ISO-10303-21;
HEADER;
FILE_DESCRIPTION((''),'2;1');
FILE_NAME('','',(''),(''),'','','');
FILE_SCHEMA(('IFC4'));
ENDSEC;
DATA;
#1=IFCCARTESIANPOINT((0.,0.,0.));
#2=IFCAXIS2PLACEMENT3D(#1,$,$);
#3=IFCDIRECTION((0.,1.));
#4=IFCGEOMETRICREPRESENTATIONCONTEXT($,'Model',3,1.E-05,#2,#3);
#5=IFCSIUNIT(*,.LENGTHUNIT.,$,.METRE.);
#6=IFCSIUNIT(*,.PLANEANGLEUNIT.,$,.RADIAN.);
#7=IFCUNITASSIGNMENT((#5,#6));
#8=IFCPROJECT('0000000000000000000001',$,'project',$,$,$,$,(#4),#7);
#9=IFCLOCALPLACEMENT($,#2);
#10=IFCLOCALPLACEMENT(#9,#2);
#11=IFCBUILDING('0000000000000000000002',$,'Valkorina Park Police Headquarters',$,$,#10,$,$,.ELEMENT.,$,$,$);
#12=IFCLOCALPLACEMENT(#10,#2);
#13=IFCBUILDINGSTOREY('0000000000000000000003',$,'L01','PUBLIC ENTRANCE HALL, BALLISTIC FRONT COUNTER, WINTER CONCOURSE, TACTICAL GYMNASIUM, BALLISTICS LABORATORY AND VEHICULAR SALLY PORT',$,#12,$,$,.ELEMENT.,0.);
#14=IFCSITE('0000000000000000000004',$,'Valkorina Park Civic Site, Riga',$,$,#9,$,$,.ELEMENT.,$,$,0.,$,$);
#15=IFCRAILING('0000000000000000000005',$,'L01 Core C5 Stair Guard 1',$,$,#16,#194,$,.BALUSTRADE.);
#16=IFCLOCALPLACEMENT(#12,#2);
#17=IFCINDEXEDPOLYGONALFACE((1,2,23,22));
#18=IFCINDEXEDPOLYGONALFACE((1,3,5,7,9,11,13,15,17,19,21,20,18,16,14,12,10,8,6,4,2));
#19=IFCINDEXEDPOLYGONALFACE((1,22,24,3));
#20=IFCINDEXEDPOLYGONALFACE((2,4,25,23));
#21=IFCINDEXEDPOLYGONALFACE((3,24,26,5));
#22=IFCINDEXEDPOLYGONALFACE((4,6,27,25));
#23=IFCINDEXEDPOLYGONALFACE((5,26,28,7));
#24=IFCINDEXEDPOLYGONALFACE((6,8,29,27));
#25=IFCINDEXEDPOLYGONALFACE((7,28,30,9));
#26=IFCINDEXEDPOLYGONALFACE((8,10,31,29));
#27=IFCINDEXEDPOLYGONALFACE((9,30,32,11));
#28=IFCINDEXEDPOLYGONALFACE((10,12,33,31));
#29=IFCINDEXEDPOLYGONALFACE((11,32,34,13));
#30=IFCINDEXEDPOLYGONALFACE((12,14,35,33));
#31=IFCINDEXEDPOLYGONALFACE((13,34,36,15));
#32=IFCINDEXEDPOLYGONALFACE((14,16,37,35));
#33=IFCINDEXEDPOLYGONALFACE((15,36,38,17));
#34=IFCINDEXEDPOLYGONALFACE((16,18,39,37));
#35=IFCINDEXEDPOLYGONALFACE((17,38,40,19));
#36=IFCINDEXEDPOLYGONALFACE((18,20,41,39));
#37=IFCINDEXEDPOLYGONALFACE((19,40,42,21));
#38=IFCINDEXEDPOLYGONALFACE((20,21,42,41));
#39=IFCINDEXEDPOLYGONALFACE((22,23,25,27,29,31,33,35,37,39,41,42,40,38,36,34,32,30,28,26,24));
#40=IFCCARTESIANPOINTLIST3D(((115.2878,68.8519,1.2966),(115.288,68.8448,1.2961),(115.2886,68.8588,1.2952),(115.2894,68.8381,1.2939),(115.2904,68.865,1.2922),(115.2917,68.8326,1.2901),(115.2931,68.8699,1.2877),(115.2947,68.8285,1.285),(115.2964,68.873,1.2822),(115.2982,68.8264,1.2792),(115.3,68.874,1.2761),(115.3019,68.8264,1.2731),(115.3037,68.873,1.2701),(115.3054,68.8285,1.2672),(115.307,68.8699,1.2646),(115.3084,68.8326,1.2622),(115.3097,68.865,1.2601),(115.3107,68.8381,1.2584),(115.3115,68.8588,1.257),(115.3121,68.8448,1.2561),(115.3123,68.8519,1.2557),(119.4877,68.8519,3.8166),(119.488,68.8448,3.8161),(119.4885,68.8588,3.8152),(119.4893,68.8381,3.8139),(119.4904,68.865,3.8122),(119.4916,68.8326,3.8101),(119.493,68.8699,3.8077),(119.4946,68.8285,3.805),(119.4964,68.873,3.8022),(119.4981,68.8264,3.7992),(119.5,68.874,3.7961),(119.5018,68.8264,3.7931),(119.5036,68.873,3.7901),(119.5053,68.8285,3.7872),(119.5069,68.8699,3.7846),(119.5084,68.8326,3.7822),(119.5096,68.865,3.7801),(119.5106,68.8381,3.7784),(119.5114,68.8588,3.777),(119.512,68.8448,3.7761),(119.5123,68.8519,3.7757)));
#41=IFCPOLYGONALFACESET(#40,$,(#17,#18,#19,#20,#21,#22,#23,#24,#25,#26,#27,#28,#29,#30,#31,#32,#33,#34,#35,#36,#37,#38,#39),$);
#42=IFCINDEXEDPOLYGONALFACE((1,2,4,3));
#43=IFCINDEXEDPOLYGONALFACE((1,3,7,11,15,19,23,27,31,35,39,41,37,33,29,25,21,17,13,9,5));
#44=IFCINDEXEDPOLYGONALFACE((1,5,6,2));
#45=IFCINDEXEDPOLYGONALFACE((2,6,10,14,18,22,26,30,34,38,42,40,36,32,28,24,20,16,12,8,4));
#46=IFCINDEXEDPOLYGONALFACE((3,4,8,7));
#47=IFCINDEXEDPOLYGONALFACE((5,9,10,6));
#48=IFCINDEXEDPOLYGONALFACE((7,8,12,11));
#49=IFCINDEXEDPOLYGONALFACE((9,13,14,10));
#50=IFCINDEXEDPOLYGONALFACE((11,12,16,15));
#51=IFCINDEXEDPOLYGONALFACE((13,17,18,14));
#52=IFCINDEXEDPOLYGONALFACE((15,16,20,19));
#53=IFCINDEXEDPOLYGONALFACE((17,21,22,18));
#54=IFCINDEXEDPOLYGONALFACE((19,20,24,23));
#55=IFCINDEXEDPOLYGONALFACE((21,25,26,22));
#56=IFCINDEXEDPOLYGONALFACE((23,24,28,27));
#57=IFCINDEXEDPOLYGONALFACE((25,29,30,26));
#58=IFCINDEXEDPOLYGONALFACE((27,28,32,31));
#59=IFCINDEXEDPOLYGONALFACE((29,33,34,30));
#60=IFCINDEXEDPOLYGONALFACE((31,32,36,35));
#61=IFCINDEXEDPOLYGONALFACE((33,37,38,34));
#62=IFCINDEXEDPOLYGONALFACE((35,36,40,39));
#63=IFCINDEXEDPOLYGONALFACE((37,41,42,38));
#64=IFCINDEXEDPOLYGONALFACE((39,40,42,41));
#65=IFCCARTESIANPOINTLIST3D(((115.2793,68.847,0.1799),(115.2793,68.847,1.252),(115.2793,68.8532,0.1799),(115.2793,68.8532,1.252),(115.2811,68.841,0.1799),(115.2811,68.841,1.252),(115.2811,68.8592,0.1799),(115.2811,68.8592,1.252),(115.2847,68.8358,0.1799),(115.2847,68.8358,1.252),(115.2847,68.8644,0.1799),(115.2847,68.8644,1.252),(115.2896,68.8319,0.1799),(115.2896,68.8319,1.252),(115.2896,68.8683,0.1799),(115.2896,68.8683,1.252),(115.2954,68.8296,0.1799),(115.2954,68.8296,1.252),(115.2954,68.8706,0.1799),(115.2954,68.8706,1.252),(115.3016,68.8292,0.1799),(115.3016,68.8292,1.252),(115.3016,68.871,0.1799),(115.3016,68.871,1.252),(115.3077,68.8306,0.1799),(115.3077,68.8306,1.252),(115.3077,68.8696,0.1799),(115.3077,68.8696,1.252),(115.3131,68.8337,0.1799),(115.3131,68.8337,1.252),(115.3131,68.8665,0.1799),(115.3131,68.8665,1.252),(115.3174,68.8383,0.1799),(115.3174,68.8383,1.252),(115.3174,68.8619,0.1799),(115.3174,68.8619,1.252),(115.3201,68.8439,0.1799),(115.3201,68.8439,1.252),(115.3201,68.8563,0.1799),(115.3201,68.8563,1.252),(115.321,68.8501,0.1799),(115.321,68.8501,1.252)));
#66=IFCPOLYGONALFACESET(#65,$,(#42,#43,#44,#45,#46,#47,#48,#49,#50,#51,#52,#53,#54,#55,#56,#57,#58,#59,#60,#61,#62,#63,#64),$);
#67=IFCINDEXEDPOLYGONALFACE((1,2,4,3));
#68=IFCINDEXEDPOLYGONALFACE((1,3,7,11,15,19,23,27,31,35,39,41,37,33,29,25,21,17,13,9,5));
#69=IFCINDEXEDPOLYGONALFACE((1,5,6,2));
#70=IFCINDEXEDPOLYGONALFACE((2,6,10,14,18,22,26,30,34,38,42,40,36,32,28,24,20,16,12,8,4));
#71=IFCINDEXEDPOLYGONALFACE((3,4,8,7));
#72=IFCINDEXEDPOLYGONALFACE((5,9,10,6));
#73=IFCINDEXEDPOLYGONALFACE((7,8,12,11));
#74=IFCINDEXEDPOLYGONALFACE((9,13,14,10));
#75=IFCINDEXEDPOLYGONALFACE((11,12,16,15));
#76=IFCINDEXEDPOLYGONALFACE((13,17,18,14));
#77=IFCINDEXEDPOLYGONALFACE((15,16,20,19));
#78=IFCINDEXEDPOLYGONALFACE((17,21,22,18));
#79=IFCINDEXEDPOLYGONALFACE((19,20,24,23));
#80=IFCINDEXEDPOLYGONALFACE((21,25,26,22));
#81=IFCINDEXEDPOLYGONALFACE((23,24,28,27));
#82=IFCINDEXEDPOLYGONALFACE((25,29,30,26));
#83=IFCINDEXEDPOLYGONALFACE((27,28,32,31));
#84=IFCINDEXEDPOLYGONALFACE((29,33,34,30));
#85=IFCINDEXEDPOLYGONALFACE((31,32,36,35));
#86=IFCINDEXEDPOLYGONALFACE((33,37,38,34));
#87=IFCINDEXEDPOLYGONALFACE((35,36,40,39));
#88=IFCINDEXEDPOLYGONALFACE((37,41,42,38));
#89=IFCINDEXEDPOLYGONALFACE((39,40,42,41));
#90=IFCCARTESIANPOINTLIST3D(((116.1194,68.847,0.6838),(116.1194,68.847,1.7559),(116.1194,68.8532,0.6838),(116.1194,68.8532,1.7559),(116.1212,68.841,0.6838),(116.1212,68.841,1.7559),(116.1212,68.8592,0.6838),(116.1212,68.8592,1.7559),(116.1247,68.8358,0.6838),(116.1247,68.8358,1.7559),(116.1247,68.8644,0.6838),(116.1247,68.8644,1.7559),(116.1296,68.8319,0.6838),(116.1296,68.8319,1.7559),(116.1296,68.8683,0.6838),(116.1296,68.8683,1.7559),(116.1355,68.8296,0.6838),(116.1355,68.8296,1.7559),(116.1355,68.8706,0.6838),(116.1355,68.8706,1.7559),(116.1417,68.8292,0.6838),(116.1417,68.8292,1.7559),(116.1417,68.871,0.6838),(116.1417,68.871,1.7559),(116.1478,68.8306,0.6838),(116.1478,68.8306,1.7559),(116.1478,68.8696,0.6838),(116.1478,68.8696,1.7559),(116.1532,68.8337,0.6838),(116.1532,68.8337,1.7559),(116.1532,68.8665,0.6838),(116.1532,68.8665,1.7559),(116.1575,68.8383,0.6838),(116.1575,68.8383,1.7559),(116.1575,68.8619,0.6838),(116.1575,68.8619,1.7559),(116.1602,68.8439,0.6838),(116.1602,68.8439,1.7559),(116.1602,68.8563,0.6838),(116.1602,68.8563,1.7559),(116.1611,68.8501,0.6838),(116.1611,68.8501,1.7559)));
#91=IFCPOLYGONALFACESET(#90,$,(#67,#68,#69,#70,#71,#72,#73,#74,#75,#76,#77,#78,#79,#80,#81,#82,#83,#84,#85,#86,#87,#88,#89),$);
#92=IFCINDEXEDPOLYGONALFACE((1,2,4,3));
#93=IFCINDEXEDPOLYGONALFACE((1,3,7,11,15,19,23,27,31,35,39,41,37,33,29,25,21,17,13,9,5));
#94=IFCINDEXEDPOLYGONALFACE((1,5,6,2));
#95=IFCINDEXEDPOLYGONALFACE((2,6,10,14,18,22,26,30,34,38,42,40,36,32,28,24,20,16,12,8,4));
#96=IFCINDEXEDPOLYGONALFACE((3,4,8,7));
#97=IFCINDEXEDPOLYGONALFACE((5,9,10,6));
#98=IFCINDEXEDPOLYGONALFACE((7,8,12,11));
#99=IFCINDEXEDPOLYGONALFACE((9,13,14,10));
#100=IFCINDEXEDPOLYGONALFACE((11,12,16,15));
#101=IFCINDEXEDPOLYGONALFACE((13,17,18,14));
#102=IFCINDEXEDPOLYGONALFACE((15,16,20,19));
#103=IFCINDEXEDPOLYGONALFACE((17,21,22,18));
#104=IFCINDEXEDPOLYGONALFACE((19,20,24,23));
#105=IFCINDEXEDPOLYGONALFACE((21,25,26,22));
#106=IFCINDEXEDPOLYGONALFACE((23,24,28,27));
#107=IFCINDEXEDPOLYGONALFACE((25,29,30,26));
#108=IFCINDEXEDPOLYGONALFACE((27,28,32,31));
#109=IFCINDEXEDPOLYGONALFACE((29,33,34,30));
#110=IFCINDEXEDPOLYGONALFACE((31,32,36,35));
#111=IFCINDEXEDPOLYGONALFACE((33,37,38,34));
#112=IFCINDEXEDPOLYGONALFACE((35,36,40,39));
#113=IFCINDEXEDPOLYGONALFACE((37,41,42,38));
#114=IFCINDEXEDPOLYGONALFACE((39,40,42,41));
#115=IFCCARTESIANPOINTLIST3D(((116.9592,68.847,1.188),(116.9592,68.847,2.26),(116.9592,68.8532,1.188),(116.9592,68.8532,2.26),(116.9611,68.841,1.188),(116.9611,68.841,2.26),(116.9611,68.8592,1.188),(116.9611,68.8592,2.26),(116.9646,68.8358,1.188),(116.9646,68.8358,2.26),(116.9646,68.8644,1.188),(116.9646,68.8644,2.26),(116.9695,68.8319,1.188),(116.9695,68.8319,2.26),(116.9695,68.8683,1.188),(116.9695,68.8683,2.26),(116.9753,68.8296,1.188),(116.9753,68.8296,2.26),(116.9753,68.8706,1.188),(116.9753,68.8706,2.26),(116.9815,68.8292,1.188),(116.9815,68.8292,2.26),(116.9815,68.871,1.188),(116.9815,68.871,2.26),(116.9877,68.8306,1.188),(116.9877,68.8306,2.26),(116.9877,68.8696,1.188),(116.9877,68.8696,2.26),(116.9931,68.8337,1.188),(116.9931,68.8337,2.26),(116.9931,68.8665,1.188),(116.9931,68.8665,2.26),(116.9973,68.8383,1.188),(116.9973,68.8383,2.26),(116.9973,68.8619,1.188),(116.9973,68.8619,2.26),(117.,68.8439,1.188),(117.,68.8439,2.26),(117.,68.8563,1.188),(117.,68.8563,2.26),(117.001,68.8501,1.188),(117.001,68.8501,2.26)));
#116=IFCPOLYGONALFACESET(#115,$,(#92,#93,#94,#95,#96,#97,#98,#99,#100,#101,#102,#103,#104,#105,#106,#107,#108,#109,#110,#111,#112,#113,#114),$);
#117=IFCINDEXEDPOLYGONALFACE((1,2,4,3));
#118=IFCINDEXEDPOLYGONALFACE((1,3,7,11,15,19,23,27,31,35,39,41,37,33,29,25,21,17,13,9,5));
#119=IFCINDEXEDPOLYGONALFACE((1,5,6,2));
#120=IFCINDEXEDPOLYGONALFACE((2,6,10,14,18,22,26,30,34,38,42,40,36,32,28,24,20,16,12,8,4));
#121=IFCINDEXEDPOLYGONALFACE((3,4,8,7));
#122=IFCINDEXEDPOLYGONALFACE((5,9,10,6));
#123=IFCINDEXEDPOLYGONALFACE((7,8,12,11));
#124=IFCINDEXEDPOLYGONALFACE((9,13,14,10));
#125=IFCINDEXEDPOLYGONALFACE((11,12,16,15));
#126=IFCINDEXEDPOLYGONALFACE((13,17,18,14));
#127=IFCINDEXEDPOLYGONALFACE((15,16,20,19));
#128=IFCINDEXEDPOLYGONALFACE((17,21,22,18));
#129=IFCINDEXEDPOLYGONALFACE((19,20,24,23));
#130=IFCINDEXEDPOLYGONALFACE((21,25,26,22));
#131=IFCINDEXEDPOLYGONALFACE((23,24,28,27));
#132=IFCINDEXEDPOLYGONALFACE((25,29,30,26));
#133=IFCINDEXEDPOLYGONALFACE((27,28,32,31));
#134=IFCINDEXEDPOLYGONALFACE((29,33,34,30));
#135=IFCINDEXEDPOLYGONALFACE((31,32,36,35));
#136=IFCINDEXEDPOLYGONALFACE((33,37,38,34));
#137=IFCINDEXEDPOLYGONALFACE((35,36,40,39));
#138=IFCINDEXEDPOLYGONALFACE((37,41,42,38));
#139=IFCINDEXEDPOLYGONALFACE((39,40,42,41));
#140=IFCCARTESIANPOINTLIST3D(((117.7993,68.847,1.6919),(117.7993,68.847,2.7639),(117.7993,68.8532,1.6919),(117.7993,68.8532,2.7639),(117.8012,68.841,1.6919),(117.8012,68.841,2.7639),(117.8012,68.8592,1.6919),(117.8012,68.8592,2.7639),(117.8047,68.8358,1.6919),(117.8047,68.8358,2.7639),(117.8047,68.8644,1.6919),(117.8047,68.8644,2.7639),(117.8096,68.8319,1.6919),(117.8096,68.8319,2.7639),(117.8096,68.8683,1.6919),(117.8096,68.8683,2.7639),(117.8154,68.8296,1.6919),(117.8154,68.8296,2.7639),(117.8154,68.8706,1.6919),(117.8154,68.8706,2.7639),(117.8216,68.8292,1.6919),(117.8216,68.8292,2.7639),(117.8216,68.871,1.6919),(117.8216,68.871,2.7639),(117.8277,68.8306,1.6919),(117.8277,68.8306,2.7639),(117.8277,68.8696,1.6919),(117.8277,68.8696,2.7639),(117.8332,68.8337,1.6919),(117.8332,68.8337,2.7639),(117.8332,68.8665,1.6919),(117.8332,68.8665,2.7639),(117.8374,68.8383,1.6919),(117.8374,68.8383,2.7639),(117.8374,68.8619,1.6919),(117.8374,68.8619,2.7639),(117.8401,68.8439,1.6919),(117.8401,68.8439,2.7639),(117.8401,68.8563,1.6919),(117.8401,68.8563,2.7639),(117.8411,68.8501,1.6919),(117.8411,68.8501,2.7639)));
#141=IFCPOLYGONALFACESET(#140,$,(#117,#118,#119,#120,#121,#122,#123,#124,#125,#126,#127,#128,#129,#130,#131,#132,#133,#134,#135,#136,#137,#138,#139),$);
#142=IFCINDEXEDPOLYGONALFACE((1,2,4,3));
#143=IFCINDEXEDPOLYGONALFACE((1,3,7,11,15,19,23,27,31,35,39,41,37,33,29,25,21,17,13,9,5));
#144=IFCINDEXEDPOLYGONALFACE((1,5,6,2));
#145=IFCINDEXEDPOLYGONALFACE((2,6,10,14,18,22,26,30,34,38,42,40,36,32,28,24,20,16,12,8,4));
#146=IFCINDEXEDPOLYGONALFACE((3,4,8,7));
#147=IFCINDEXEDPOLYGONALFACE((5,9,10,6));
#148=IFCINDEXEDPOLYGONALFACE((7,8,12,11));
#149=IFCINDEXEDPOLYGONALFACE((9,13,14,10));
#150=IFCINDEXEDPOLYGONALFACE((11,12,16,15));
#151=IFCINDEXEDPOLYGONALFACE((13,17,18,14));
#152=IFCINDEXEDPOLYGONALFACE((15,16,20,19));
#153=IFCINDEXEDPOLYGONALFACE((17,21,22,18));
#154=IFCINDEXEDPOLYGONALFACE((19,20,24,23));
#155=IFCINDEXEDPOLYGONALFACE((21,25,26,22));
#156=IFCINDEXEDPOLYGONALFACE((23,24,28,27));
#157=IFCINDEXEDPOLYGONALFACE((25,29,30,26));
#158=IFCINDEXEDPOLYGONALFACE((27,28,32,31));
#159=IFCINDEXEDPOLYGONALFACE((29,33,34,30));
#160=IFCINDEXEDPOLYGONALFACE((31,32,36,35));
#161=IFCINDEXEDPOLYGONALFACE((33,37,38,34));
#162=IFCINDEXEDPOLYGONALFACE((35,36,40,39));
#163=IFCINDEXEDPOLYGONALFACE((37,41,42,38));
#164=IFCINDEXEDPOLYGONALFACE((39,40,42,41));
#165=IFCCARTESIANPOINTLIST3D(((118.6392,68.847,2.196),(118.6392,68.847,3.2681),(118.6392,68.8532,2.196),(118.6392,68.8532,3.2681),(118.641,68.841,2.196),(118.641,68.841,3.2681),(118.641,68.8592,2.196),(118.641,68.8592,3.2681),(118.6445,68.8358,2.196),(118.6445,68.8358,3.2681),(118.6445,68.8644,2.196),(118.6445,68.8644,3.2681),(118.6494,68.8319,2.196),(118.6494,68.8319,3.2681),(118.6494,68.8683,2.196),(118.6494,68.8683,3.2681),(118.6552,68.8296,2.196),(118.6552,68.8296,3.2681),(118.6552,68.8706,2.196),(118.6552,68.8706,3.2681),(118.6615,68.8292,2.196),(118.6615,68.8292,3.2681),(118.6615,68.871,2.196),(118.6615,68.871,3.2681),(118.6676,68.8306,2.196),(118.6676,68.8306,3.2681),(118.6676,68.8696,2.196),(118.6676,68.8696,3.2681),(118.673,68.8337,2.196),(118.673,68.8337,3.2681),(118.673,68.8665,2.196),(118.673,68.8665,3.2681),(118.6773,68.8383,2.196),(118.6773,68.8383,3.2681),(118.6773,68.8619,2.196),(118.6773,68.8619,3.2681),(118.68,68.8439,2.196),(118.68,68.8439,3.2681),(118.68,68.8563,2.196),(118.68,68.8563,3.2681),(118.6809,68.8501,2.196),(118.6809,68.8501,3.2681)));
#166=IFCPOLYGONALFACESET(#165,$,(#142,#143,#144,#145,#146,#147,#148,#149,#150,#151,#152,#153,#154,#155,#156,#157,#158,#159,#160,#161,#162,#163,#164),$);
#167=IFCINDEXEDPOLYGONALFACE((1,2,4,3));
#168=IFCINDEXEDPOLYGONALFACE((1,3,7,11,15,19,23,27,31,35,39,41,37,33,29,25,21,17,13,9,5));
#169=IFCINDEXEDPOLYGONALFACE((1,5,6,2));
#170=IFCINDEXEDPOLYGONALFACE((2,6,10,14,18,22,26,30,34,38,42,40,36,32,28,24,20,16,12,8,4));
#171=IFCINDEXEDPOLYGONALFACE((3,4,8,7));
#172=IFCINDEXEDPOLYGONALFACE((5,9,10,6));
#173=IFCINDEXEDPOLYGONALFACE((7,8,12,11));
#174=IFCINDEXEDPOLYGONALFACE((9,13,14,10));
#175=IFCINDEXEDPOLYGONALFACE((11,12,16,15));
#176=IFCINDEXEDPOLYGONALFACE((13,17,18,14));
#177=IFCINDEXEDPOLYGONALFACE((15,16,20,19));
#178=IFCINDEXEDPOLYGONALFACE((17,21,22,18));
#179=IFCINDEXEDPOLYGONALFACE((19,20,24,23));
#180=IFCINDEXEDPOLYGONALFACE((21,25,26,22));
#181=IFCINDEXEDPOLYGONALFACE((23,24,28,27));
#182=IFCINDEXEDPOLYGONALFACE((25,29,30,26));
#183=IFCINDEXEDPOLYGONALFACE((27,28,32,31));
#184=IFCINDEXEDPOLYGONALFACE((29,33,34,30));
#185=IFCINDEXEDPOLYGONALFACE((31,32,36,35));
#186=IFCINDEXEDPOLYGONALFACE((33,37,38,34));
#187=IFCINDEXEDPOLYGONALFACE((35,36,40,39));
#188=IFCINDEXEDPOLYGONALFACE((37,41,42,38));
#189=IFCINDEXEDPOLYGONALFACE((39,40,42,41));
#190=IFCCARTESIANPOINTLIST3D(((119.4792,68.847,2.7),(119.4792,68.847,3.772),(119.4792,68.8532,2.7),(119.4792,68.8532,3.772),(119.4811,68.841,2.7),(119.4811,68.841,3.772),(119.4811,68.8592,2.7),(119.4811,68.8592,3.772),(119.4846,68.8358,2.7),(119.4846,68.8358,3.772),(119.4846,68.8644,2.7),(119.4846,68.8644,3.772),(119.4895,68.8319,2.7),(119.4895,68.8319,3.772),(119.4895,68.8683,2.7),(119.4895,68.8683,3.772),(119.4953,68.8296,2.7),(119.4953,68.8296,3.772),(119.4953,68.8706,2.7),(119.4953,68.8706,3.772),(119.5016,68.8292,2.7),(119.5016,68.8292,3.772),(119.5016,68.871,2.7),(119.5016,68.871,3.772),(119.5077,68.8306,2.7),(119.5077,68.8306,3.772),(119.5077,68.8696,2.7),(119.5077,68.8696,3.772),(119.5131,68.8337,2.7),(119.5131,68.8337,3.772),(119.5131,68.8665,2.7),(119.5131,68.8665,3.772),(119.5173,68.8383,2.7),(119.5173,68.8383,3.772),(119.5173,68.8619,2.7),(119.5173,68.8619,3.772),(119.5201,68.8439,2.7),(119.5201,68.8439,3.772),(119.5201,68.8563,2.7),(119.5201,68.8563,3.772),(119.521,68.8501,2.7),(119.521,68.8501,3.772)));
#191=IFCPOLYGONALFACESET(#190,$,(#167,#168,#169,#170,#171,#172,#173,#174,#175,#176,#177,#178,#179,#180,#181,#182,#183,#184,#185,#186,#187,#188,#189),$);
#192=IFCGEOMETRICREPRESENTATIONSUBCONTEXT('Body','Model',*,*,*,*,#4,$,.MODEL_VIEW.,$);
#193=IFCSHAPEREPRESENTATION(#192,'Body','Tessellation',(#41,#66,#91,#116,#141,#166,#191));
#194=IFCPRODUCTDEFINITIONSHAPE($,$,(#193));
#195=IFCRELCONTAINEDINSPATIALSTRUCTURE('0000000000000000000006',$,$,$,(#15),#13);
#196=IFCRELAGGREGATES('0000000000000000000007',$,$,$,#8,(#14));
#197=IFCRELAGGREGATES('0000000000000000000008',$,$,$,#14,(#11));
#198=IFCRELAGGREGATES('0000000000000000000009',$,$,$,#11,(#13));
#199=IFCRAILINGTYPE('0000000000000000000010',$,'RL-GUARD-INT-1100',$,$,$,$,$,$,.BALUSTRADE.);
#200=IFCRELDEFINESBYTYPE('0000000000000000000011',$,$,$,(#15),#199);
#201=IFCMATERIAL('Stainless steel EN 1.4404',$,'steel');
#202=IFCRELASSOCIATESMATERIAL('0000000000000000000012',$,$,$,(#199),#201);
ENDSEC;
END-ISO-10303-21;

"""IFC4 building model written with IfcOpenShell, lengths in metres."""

from ifc_helpers import new_model, si_unit, direction, frame, origin, origin_2d, place, context, subcontext, project, spatial, circle, extrude, material, type_object, element, save


model = new_model("IFC4")

# Units and contexts
model_context = context("Model", 3, precision=1e-05, world=origin(), true_north=direction((0.0, 1.0)))
body_context = subcontext(model_context, "Body", "Model", "MODEL_VIEW")
ifc_project = project(units=[si_unit("LENGTHUNIT", "METRE"), si_unit("PLANEANGLEUNIT", "RADIAN")], contexts=[model_context])

# Site, building, storey
site_placement = place(None, origin())
site = spatial("IfcSite", under=ifc_project, at=site_placement, Name="Valkorina Park Civic Site, Riga", CompositionType="ELEMENT", RefElevation=0.0)
building_placement = place(site_placement, origin())
building = spatial("IfcBuilding", under=site, at=building_placement, Name="Valkorina Park Police Headquarters", CompositionType="ELEMENT")
storey_placement = place(building_placement, origin())
storey = spatial("IfcBuildingStorey", under=building, at=storey_placement, Name="L01", Description="PUBLIC ENTRANCE HALL, BALLISTIC FRONT COUNTER, WINTER CONCOURSE, TACTICAL GYMNASIUM, BALLISTICS LABORATORY AND VEHICULAR SALLY PORT", CompositionType="ELEMENT", Elevation=0.0)

# Railing
ifc_material_1 = material(Name="Stainless steel EN 1.4404", Category="steel")
railing_type_1 = type_object("IfcRailingType", Name="RL-GUARD-INT-1100", PredefinedType="BALUSTRADE", material=ifc_material_1)
railing_1_placement = place(storey_placement, frame((115.3, 68.8501, 0.1799)))
element("IfcRailing", 1, at=railing_1_placement, inside=storey, type_object=railing_type_1, Name="L01 Core C5 Stair Guard 1", PredefinedType="BALUSTRADE", context=body_context, shape_type="SweptSolid", body=[
    extrude(circle(Radius=0.0239, at=origin_2d()), frame((0.0, 0.0, 1.0962), z_axis=(0.857489, 0.0, 0.514503), x_axis=(0.0, 1.0, 0.0)), (0.0, 0.0, 1.0), 4.8979),
    extrude(circle(Radius=0.021, at=origin_2d()), origin(), (0.0, 0.0, 1.0), 1.072),
    extrude(circle(Radius=0.021, at=origin_2d()), frame((0.8401, 0.0, 0.5039)), (0.0, 0.0, 1.0), 1.072),
    extrude(circle(Radius=0.021, at=origin_2d()), frame((1.6799, 0.0, 1.0081)), (0.0, 0.0, 1.0), 1.072),
    extrude(circle(Radius=0.021, at=origin_2d()), frame((2.52, 0.0, 1.512)), (0.0, 0.0, 1.0), 1.072),
    extrude(circle(Radius=0.021, at=origin_2d()), frame((3.3599, 0.0, 2.0161)), (0.0, 0.0, 1.0), 1.072),
    extrude(circle(Radius=0.021, at=origin_2d()), frame((4.2, 0.0, 2.52)), (0.0, 0.0, 1.0), 1.072),
])

save(model, "model.ifc")
